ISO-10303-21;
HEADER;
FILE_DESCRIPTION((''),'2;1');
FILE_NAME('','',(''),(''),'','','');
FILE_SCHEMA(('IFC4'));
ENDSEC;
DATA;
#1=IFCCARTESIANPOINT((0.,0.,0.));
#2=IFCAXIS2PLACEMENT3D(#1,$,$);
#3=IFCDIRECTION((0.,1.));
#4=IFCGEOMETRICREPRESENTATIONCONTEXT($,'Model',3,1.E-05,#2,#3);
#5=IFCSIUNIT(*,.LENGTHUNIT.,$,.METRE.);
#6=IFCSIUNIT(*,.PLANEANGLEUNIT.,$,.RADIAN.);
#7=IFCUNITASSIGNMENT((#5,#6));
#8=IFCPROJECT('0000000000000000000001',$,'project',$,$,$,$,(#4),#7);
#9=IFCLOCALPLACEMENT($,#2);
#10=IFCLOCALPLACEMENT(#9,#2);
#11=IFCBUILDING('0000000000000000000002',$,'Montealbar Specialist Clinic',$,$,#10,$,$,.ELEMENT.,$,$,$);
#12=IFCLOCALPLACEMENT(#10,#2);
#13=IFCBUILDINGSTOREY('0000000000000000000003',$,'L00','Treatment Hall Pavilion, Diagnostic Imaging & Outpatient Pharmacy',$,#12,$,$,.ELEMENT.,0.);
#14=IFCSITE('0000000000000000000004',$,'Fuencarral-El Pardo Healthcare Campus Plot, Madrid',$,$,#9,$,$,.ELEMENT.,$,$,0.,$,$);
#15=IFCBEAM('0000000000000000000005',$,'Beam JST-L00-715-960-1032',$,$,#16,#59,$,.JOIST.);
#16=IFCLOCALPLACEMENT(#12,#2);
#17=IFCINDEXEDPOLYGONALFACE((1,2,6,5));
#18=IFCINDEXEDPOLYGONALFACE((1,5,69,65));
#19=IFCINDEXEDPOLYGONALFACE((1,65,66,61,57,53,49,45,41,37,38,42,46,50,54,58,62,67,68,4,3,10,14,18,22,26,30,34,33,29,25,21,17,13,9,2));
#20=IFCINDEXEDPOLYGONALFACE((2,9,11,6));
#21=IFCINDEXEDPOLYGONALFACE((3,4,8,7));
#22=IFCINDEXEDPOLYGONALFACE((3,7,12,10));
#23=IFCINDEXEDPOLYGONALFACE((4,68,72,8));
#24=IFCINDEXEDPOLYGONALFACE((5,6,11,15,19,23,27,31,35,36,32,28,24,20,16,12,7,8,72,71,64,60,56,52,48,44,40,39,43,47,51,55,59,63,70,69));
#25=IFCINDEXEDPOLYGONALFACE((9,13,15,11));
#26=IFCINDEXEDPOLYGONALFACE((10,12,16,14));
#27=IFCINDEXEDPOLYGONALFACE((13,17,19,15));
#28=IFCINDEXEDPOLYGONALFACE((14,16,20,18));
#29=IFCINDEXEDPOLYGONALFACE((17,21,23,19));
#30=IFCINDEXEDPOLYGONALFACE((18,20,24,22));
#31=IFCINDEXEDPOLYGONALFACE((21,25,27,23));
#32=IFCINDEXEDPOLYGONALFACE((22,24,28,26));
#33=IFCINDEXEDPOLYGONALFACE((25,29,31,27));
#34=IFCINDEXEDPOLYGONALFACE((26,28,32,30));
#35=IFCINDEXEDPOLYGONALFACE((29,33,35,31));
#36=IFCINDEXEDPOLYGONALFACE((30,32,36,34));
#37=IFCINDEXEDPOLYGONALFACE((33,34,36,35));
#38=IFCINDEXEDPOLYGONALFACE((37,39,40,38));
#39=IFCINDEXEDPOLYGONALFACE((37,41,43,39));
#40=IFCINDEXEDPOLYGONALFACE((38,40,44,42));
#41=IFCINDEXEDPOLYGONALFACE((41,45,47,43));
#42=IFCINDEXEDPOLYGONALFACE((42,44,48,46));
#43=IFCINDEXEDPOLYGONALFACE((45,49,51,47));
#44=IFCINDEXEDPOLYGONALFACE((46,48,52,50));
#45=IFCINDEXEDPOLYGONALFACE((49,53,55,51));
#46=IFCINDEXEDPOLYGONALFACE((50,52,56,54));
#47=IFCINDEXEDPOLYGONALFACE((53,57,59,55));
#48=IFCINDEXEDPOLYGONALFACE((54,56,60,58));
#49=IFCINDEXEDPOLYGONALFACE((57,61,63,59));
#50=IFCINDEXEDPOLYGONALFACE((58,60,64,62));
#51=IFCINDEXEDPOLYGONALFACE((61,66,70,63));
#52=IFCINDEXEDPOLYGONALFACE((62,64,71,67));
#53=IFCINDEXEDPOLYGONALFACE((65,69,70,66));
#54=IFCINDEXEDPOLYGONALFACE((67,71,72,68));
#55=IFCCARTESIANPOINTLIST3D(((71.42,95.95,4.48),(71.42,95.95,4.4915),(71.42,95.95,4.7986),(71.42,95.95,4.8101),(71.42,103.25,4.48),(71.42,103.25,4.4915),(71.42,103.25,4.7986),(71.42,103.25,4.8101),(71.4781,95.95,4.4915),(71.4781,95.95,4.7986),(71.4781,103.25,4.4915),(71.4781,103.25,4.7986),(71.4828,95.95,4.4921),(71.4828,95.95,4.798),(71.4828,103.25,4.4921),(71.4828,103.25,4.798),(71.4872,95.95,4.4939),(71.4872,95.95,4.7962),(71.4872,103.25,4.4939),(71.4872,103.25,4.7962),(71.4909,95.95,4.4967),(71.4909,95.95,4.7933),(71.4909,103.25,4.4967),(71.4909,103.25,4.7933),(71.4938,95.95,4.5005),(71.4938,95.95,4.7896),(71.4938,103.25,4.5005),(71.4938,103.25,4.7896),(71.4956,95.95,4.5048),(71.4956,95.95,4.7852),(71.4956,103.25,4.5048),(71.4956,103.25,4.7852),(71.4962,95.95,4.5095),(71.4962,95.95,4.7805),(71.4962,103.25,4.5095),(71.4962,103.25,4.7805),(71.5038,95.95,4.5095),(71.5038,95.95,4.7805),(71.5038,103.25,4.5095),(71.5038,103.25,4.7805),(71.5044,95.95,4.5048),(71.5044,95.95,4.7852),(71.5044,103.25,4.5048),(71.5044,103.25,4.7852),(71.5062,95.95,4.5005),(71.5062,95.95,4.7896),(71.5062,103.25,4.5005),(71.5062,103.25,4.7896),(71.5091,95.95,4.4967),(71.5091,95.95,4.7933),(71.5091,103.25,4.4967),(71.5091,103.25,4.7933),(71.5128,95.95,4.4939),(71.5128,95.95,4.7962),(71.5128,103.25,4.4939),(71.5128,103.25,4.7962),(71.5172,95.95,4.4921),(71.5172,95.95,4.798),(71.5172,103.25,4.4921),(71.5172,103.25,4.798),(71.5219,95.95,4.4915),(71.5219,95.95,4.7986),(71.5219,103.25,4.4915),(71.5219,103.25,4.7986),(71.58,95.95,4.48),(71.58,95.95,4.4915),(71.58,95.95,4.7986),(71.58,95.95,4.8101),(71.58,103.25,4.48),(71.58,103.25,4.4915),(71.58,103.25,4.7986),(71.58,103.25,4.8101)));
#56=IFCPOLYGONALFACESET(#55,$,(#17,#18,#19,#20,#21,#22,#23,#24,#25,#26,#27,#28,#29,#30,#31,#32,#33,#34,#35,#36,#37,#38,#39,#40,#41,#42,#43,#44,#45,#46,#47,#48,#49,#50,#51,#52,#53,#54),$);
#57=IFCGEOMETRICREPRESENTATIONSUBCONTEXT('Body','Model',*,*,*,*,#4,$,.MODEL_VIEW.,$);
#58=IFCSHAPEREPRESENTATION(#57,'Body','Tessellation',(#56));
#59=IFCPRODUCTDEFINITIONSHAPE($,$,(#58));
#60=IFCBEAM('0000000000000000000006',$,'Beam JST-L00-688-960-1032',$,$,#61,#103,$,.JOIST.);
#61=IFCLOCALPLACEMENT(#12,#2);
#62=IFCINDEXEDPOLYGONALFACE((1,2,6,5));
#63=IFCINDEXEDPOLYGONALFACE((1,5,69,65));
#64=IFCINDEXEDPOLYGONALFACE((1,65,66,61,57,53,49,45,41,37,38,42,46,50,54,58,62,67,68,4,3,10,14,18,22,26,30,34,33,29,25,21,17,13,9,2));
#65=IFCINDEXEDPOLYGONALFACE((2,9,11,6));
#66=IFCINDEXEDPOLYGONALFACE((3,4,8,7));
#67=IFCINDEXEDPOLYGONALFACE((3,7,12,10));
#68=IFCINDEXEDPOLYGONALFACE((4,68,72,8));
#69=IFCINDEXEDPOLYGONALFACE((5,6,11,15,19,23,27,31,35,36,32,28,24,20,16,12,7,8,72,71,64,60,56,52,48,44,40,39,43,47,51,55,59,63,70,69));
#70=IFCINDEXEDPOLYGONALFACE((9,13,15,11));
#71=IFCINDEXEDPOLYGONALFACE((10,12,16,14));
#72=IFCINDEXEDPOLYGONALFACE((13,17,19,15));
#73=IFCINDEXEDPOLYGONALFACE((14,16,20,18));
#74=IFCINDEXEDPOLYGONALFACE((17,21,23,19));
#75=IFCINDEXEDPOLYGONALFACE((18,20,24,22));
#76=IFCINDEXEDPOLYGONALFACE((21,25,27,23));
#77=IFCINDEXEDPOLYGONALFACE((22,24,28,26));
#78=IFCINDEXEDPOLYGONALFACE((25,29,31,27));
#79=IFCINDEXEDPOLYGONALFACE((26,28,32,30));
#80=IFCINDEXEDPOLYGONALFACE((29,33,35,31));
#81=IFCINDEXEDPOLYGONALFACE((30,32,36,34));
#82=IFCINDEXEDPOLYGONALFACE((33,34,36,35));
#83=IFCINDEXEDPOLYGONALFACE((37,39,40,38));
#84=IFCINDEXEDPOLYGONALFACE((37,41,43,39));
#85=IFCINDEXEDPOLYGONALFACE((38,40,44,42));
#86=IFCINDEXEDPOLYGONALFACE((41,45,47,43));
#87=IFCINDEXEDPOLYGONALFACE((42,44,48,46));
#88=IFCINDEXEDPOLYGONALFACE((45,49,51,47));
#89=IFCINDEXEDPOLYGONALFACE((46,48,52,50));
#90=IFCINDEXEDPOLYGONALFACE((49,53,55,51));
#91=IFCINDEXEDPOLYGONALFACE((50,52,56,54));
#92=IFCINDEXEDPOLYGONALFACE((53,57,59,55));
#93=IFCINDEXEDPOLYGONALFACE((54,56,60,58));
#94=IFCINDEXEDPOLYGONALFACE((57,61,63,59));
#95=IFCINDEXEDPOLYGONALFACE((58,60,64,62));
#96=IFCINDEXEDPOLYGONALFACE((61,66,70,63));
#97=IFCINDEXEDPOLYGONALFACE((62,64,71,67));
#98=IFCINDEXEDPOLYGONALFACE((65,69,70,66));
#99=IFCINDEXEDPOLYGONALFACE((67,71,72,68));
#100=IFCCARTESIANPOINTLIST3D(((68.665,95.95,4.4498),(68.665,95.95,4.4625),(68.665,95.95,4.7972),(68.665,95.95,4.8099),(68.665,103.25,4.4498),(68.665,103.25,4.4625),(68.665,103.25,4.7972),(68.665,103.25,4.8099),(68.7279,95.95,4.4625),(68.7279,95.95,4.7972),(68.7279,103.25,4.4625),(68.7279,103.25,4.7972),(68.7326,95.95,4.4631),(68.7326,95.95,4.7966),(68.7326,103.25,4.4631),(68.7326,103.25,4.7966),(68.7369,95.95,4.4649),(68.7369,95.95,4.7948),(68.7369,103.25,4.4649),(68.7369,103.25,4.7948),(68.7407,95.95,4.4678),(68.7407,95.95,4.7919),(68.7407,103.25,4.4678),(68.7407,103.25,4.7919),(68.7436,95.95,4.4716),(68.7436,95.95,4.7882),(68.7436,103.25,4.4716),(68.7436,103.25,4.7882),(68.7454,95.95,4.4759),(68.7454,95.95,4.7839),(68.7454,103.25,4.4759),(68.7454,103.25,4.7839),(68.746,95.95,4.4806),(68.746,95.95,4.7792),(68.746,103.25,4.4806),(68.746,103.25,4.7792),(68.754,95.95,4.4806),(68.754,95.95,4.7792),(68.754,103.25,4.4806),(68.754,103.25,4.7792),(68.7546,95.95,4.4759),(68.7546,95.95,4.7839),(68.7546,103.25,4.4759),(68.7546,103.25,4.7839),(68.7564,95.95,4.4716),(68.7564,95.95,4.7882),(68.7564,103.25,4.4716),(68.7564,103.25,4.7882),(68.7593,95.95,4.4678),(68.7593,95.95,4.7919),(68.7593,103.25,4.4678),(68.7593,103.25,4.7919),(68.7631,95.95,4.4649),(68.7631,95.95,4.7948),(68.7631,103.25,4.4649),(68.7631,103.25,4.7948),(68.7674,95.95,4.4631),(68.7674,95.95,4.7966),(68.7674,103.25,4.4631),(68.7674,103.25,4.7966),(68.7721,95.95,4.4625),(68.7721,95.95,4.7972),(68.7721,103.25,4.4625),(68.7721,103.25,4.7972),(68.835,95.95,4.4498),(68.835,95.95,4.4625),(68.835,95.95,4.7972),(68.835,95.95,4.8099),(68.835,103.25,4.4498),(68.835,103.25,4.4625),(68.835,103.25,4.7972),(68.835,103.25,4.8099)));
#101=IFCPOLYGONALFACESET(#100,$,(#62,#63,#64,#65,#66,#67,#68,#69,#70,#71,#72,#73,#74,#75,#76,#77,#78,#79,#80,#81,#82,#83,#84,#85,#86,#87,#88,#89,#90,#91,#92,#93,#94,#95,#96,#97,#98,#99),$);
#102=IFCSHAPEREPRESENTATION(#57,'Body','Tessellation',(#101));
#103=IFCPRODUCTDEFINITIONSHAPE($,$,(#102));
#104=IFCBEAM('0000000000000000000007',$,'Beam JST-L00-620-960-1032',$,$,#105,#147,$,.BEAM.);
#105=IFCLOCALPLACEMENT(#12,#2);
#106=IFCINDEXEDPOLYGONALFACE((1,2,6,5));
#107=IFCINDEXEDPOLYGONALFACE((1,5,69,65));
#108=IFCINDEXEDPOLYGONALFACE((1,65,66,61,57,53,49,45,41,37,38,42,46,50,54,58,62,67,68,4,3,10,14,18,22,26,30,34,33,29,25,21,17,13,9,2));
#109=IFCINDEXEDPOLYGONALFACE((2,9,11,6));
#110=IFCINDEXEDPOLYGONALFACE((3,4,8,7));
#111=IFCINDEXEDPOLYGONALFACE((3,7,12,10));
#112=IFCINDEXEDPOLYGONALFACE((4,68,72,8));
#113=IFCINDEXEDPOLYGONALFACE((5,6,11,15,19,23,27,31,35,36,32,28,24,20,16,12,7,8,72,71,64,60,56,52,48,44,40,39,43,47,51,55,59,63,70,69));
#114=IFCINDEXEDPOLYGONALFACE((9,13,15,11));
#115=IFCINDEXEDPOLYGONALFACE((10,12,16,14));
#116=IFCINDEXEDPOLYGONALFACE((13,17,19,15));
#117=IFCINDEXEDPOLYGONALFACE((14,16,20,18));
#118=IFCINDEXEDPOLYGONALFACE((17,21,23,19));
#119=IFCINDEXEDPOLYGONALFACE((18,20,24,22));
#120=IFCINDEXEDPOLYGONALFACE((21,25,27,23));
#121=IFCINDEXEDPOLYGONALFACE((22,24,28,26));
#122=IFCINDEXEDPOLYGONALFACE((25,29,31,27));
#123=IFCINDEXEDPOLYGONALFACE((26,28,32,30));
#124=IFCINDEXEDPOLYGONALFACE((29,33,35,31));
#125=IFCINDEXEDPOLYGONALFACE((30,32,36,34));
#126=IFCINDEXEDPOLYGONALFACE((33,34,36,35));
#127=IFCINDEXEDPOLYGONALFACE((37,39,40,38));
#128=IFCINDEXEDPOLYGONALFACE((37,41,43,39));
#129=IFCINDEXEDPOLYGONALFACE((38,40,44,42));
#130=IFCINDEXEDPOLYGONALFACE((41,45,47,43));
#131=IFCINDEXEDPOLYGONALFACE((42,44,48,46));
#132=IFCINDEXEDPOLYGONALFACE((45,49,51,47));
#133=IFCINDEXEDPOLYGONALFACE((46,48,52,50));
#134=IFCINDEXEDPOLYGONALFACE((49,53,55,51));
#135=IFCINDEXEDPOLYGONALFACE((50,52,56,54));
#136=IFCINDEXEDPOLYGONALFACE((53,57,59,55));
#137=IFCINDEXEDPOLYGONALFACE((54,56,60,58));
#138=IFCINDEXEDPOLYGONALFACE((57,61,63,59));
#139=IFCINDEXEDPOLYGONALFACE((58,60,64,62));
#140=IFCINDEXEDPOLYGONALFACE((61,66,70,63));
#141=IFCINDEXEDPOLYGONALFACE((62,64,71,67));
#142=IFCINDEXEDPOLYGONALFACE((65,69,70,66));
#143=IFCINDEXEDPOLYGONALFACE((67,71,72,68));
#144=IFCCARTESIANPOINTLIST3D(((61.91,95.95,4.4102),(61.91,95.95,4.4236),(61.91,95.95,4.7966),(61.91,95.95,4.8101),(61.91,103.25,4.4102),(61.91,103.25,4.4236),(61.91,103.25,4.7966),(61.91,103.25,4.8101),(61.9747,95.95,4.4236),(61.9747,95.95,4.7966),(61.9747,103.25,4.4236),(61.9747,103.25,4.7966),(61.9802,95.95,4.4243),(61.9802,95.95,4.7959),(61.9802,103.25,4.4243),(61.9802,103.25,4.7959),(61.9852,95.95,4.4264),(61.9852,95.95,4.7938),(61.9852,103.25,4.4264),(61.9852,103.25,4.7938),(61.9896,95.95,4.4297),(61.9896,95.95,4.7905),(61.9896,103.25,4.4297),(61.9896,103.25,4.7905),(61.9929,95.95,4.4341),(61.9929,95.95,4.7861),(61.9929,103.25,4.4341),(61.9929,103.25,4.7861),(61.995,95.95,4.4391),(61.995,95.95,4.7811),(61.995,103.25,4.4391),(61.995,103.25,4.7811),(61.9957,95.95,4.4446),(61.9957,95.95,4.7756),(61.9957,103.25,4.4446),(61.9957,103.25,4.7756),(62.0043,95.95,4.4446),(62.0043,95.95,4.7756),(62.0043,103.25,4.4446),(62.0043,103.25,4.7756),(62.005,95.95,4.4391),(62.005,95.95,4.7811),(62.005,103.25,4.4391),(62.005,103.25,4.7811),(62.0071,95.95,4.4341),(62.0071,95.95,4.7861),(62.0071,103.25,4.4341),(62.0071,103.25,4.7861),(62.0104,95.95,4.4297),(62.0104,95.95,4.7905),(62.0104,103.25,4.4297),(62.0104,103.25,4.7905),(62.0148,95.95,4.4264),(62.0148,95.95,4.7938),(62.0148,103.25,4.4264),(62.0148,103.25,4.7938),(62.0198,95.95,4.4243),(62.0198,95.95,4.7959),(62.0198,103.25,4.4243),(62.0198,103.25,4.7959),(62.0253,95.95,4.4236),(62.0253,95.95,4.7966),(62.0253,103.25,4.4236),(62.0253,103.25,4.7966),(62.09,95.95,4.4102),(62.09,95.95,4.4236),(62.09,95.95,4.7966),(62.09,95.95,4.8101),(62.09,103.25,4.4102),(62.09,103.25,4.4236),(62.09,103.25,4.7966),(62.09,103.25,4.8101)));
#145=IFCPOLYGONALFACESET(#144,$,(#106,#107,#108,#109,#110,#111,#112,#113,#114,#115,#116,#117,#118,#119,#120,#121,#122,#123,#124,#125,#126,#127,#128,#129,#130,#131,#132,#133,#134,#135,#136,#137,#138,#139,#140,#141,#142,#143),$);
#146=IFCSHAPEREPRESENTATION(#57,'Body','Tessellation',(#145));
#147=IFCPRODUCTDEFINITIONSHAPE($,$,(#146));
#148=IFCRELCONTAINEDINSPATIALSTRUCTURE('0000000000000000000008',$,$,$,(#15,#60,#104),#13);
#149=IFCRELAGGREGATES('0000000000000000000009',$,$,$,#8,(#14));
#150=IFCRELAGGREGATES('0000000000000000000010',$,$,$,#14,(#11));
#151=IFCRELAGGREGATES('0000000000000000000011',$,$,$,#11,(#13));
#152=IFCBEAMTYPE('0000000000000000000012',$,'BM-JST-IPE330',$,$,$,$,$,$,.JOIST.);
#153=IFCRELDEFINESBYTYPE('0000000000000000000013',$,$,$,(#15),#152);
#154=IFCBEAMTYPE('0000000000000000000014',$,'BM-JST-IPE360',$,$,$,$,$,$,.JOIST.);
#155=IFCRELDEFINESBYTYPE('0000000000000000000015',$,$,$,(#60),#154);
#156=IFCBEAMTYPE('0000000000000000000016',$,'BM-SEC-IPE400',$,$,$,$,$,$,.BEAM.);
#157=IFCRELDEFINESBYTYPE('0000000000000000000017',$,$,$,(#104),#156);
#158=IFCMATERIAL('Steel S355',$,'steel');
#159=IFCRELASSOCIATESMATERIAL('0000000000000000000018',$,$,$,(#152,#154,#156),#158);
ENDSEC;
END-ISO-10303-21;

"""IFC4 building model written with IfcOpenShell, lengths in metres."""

from ifc_helpers import new_model, si_unit, direction, frame, origin, origin_2d, place, context, subcontext, project, spatial, i_section, extrude, material, material_profile, profile_set, type_object, element, save


model = new_model("IFC4")

# Units and contexts
model_context = context("Model", 3, precision=1e-05, world=origin(), true_north=direction((0.0, 1.0)))
body_context = subcontext(model_context, "Body", "Model", "MODEL_VIEW")
ifc_project = project(units=[si_unit("LENGTHUNIT", "METRE"), si_unit("PLANEANGLEUNIT", "RADIAN")], contexts=[model_context])

# Site, building, storey
site_placement = place(None, origin())
site = spatial("IfcSite", under=ifc_project, at=site_placement, Name="Fuencarral-El Pardo Healthcare Campus Plot, Madrid", CompositionType="ELEMENT", RefElevation=0.0)
building_placement = place(site_placement, origin())
building = spatial("IfcBuilding", under=site, at=building_placement, Name="Montealbar Specialist Clinic", CompositionType="ELEMENT")
storey_placement = place(building_placement, origin())
storey = spatial("IfcBuildingStorey", under=building, at=storey_placement, Name="L00", Description="Treatment Hall Pavilion, Diagnostic Imaging & Outpatient Pharmacy", CompositionType="ELEMENT", Elevation=0.0)

# Shared definitions
ifc_material_1 = material(Name="Steel S355", Category="steel")

# Beams
ifc_material_profile_1 = material_profile(ifc_material_1, i_section(OverallWidth=0.1599, OverallDepth=0.3301, WebThickness=0.0076, FlangeThickness=0.0115, FilletRadius=0.0181, at=origin_2d()), Name="IPE 330", Category="steel")
ifc_profile_set_1 = profile_set([ifc_material_profile_1], Name="Steel S355")
beam_type_1 = type_object("IfcBeamType", Name="BM-JST-IPE330", PredefinedType="JOIST", material=ifc_profile_set_1)
beam_1_placement = place(storey_placement, frame((71.5, 95.95, 4.645), z_axis=(0.0, 1.0, 0.0), x_axis=(-1.0, 0.0, 0.0)))
element("IfcBeam", 1, at=beam_1_placement, inside=storey, type_object=beam_type_1, Name="Beam JST-L00-715-960-1032", PredefinedType="JOIST", context=body_context, shape_type="SweptSolid", body=[
    extrude(i_section(OverallWidth=0.1599, OverallDepth=0.3301, WebThickness=0.0076, FlangeThickness=0.0115, FilletRadius=0.0181, at=origin_2d()), origin(), (0.0, 0.0, 1.0), 7.3),
])
ifc_material_profile_2 = material_profile(ifc_material_1, i_section(OverallWidth=0.1699, OverallDepth=0.3601, WebThickness=0.0081, FlangeThickness=0.0127, FilletRadius=0.0181, at=origin_2d()), Name="IPE 360", Category="steel")
ifc_profile_set_2 = profile_set([ifc_material_profile_2], Name="Steel S355")
beam_type_2 = type_object("IfcBeamType", Name="BM-JST-IPE360", PredefinedType="JOIST", material=ifc_profile_set_2)
beam_2_placement = place(storey_placement, frame((68.75, 95.95, 4.6299), z_axis=(0.0, 1.0, 0.0), x_axis=(-1.0, 0.0, 0.0)))
element("IfcBeam", 2, at=beam_2_placement, inside=storey, type_object=beam_type_2, Name="Beam JST-L00-688-960-1032", PredefinedType="JOIST", context=body_context, shape_type="SweptSolid", body=[
    extrude(i_section(OverallWidth=0.1699, OverallDepth=0.3601, WebThickness=0.0081, FlangeThickness=0.0127, FilletRadius=0.0181, at=origin_2d()), origin(), (0.0, 0.0, 1.0), 7.3),
])
ifc_material_profile_3 = material_profile(ifc_material_1, i_section(OverallWidth=0.1799, OverallDepth=0.3999, WebThickness=0.0085, FlangeThickness=0.0134, FilletRadius=0.021, at=origin_2d()), Name="IPE 400", Category="steel")
ifc_profile_set_3 = profile_set([ifc_material_profile_3], Name="Steel S355")
beam_type_3 = type_object("IfcBeamType", Name="BM-SEC-IPE400", PredefinedType="BEAM", material=ifc_profile_set_3)
beam_3_placement = place(storey_placement, frame((62.0, 95.95, 4.6101), z_axis=(0.0, 1.0, 0.0), x_axis=(-1.0, 0.0, 0.0)))
element("IfcBeam", 3, at=beam_3_placement, inside=storey, type_object=beam_type_3, Name="Beam JST-L00-620-960-1032", PredefinedType="BEAM", context=body_context, shape_type="SweptSolid", body=[
    extrude(i_section(OverallWidth=0.1799, OverallDepth=0.3999, WebThickness=0.0085, FlangeThickness=0.0134, FilletRadius=0.021, at=origin_2d()), origin(), (0.0, 0.0, 1.0), 7.3),
])

save(model, "model.ifc")
